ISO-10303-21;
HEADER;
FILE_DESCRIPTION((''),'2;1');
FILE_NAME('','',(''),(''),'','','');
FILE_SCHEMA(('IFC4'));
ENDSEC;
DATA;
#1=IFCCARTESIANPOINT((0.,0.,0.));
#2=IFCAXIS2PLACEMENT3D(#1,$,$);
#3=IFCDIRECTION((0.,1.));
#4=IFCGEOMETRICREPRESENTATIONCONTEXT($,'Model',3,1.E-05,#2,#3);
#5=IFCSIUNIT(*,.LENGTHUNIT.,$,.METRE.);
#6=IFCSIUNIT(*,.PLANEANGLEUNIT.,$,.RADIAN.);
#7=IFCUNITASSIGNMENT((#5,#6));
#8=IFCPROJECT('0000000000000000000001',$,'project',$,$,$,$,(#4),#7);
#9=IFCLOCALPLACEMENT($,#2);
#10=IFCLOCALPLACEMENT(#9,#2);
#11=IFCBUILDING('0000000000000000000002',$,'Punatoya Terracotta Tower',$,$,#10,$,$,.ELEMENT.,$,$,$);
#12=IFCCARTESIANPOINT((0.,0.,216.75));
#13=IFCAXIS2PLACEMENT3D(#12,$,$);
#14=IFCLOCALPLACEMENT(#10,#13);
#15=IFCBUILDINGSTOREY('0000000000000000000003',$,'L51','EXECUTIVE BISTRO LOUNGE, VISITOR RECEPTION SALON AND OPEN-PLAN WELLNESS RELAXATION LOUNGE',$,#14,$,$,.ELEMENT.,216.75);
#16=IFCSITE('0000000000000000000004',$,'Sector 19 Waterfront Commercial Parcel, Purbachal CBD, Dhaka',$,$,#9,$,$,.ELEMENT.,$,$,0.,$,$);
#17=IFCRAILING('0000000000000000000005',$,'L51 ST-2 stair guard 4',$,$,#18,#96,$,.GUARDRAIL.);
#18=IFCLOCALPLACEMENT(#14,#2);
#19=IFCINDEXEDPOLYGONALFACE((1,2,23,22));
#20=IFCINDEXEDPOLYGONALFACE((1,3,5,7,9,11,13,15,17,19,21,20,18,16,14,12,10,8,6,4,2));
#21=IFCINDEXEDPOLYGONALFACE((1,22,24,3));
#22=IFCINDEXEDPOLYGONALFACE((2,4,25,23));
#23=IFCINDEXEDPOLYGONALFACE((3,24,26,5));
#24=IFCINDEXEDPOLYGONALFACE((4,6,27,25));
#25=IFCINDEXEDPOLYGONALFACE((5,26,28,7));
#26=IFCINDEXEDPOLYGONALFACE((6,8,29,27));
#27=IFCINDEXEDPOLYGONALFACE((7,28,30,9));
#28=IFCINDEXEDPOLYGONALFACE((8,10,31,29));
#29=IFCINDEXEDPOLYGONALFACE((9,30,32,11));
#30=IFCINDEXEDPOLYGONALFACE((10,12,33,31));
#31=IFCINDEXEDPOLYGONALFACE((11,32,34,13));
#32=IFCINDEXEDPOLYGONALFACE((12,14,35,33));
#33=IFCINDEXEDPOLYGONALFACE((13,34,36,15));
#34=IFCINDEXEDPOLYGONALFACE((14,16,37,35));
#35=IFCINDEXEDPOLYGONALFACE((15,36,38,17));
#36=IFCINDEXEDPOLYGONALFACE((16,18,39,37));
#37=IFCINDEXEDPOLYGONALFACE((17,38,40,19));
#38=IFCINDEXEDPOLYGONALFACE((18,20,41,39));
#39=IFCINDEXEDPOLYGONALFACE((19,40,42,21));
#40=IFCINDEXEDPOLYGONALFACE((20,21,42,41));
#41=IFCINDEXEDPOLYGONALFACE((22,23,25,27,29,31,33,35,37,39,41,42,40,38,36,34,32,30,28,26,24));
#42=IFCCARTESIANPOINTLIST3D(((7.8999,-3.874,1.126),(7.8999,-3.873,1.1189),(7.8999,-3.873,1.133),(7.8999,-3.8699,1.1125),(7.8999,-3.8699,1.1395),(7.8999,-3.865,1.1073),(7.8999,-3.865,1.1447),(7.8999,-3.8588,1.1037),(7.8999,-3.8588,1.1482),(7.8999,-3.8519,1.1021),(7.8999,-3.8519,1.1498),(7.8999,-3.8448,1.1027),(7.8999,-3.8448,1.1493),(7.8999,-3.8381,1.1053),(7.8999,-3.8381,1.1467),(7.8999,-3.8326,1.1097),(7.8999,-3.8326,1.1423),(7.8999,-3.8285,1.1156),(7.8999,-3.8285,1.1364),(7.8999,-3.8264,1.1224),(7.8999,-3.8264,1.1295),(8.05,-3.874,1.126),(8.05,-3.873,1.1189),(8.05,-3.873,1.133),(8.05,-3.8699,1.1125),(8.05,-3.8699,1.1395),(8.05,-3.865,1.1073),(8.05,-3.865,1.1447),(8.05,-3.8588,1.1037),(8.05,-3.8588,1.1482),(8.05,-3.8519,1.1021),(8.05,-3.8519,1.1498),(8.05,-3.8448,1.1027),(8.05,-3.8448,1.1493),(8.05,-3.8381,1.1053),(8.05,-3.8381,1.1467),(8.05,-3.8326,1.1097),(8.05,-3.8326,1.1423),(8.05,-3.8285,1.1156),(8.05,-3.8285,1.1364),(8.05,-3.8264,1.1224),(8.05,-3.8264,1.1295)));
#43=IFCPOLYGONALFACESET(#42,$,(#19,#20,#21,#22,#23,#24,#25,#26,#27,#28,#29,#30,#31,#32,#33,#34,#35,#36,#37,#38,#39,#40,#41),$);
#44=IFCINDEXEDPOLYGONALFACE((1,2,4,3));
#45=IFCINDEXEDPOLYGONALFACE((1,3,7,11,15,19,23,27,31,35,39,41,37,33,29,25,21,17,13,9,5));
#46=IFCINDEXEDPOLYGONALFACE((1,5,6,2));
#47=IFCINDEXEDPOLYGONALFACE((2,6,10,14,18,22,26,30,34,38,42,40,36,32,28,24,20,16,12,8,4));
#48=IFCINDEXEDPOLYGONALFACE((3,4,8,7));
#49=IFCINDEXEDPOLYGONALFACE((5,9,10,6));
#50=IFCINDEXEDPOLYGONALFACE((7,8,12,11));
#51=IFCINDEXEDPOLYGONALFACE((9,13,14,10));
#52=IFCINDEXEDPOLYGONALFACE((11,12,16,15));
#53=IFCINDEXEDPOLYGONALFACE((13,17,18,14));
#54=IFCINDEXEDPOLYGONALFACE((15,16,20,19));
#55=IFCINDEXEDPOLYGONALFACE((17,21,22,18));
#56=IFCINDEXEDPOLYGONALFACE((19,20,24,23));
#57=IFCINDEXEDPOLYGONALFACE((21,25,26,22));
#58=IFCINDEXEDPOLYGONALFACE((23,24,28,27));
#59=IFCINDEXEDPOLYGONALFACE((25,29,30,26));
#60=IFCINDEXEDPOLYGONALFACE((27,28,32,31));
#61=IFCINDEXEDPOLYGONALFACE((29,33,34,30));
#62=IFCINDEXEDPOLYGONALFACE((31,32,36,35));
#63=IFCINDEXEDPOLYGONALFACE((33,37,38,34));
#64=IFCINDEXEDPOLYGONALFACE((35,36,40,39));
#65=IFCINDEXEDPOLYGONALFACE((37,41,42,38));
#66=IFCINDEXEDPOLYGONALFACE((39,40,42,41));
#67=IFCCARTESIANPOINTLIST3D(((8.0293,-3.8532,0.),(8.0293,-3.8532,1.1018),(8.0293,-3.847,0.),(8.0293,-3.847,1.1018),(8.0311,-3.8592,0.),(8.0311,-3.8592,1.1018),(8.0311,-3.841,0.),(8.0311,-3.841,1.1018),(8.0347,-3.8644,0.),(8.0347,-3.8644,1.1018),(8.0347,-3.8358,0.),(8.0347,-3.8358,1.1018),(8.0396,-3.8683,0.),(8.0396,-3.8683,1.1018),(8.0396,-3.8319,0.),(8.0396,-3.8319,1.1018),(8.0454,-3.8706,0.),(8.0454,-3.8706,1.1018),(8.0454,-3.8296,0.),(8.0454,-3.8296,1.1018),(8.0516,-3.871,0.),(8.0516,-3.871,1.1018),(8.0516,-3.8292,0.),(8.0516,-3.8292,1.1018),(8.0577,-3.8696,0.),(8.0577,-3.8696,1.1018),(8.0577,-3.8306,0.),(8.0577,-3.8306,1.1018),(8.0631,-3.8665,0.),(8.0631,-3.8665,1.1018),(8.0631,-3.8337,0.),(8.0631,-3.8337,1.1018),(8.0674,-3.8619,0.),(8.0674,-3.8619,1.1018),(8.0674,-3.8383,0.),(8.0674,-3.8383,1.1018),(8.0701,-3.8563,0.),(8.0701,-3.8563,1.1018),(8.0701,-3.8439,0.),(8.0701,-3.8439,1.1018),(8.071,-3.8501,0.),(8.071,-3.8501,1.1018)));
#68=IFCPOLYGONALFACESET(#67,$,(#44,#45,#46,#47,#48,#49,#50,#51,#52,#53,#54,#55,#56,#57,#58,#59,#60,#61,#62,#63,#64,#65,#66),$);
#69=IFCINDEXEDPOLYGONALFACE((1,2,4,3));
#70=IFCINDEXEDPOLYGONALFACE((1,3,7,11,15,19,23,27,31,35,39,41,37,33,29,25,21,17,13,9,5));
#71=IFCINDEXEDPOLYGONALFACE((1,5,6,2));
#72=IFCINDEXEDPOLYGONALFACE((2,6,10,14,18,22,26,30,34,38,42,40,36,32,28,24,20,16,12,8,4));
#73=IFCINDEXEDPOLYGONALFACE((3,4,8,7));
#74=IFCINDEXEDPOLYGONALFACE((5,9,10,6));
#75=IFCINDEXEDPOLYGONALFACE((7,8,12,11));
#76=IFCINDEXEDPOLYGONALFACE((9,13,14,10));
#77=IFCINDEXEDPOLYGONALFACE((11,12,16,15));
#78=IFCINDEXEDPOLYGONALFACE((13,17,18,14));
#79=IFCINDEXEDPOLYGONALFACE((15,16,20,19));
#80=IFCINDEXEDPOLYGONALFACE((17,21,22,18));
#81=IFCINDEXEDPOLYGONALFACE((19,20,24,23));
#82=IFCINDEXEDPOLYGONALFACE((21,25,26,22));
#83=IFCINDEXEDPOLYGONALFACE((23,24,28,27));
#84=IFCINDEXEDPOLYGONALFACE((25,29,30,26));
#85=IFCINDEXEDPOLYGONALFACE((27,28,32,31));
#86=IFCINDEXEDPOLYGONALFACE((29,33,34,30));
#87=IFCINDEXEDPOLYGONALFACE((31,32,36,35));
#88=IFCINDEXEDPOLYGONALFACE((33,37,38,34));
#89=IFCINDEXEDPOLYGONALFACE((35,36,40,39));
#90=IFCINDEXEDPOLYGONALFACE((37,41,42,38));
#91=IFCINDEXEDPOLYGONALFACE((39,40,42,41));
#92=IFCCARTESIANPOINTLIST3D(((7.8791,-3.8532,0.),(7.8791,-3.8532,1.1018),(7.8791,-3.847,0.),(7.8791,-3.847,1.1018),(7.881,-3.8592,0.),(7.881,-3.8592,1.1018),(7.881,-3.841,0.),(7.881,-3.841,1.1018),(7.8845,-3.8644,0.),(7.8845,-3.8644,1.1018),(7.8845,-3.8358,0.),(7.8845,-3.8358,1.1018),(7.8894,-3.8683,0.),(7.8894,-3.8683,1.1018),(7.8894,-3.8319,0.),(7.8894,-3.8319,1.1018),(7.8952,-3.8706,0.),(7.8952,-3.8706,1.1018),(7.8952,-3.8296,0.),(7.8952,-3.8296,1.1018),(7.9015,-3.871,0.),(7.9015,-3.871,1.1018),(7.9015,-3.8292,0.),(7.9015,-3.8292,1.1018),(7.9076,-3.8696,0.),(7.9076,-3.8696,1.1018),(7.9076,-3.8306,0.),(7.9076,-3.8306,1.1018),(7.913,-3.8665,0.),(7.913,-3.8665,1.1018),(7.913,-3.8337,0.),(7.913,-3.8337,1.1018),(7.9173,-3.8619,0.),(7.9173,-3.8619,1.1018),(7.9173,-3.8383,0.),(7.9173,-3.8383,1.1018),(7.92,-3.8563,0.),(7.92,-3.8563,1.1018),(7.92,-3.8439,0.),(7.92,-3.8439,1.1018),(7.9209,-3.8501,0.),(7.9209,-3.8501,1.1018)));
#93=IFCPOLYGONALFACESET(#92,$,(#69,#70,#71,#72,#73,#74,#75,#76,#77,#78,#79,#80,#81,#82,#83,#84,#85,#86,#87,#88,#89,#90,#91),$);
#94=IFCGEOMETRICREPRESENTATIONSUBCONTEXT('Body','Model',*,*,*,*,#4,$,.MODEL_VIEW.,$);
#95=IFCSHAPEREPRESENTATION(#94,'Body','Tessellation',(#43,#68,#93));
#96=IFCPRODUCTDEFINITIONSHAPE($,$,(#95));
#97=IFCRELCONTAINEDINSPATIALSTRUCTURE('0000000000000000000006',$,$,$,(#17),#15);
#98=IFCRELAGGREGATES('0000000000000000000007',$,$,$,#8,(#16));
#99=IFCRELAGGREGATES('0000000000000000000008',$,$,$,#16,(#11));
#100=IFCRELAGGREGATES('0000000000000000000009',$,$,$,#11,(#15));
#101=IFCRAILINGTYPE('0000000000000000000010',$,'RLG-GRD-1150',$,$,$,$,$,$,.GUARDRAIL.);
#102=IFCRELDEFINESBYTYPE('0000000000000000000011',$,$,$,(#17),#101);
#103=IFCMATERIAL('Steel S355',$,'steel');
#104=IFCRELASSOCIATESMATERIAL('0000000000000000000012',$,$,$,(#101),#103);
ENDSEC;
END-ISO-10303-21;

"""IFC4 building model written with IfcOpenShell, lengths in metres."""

from ifc_helpers import new_model, si_unit, direction, frame, origin, origin_2d, place, context, subcontext, project, spatial, circle, extrude, material, type_object, element, save


model = new_model("IFC4")

# Units and contexts
model_context = context("Model", 3, precision=1e-05, world=origin(), true_north=direction((0.0, 1.0)))
body_context = subcontext(model_context, "Body", "Model", "MODEL_VIEW")
ifc_project = project(units=[si_unit("LENGTHUNIT", "METRE"), si_unit("PLANEANGLEUNIT", "RADIAN")], contexts=[model_context])

# Site, building, storey
site_placement = place(None, origin())
site = spatial("IfcSite", under=ifc_project, at=site_placement, Name="Sector 19 Waterfront Commercial Parcel, Purbachal CBD, Dhaka", CompositionType="ELEMENT", RefElevation=0.0)
building_placement = place(site_placement, origin())
building = spatial("IfcBuilding", under=site, at=building_placement, Name="Punatoya Terracotta Tower", CompositionType="ELEMENT")
storey_placement = place(building_placement, frame((0.0, 0.0, 216.75)))
storey = spatial("IfcBuildingStorey", under=building, at=storey_placement, Name="L51", Description="EXECUTIVE BISTRO LOUNGE, VISITOR RECEPTION SALON AND OPEN-PLAN WELLNESS RELAXATION LOUNGE", CompositionType="ELEMENT", Elevation=216.75)

# Railing
ifc_material_1 = material(Name="Steel S355", Category="steel")
railing_type = type_object("IfcRailingType", Name="RLG-GRD-1150", PredefinedType="GUARDRAIL", material=ifc_material_1)
railing_1_placement = place(storey_placement, frame((8.05, -3.8501, 0.0)))
element("IfcRailing", 1, at=railing_1_placement, inside=storey, type_object=railing_type, Name="L51 ST-2 stair guard 4", PredefinedType="GUARDRAIL", context=body_context, shape_type="SweptSolid", body=[
    extrude(circle(Radius=0.0239, at=origin_2d()), frame((0.0, 0.0, 1.126), z_axis=(-1.0, 0.0, 0.0), x_axis=(0.0, -1.0, 0.0)), (0.0, 0.0, 1.0), 0.1501),
    extrude(circle(Radius=0.021, at=origin_2d()), origin(), (0.0, 0.0, 1.0), 1.1018),
    extrude(circle(Radius=0.021, at=origin_2d()), frame((-0.1501, 0.0, 0.0)), (0.0, 0.0, 1.0), 1.1018),
])

save(model, "model.ifc")
